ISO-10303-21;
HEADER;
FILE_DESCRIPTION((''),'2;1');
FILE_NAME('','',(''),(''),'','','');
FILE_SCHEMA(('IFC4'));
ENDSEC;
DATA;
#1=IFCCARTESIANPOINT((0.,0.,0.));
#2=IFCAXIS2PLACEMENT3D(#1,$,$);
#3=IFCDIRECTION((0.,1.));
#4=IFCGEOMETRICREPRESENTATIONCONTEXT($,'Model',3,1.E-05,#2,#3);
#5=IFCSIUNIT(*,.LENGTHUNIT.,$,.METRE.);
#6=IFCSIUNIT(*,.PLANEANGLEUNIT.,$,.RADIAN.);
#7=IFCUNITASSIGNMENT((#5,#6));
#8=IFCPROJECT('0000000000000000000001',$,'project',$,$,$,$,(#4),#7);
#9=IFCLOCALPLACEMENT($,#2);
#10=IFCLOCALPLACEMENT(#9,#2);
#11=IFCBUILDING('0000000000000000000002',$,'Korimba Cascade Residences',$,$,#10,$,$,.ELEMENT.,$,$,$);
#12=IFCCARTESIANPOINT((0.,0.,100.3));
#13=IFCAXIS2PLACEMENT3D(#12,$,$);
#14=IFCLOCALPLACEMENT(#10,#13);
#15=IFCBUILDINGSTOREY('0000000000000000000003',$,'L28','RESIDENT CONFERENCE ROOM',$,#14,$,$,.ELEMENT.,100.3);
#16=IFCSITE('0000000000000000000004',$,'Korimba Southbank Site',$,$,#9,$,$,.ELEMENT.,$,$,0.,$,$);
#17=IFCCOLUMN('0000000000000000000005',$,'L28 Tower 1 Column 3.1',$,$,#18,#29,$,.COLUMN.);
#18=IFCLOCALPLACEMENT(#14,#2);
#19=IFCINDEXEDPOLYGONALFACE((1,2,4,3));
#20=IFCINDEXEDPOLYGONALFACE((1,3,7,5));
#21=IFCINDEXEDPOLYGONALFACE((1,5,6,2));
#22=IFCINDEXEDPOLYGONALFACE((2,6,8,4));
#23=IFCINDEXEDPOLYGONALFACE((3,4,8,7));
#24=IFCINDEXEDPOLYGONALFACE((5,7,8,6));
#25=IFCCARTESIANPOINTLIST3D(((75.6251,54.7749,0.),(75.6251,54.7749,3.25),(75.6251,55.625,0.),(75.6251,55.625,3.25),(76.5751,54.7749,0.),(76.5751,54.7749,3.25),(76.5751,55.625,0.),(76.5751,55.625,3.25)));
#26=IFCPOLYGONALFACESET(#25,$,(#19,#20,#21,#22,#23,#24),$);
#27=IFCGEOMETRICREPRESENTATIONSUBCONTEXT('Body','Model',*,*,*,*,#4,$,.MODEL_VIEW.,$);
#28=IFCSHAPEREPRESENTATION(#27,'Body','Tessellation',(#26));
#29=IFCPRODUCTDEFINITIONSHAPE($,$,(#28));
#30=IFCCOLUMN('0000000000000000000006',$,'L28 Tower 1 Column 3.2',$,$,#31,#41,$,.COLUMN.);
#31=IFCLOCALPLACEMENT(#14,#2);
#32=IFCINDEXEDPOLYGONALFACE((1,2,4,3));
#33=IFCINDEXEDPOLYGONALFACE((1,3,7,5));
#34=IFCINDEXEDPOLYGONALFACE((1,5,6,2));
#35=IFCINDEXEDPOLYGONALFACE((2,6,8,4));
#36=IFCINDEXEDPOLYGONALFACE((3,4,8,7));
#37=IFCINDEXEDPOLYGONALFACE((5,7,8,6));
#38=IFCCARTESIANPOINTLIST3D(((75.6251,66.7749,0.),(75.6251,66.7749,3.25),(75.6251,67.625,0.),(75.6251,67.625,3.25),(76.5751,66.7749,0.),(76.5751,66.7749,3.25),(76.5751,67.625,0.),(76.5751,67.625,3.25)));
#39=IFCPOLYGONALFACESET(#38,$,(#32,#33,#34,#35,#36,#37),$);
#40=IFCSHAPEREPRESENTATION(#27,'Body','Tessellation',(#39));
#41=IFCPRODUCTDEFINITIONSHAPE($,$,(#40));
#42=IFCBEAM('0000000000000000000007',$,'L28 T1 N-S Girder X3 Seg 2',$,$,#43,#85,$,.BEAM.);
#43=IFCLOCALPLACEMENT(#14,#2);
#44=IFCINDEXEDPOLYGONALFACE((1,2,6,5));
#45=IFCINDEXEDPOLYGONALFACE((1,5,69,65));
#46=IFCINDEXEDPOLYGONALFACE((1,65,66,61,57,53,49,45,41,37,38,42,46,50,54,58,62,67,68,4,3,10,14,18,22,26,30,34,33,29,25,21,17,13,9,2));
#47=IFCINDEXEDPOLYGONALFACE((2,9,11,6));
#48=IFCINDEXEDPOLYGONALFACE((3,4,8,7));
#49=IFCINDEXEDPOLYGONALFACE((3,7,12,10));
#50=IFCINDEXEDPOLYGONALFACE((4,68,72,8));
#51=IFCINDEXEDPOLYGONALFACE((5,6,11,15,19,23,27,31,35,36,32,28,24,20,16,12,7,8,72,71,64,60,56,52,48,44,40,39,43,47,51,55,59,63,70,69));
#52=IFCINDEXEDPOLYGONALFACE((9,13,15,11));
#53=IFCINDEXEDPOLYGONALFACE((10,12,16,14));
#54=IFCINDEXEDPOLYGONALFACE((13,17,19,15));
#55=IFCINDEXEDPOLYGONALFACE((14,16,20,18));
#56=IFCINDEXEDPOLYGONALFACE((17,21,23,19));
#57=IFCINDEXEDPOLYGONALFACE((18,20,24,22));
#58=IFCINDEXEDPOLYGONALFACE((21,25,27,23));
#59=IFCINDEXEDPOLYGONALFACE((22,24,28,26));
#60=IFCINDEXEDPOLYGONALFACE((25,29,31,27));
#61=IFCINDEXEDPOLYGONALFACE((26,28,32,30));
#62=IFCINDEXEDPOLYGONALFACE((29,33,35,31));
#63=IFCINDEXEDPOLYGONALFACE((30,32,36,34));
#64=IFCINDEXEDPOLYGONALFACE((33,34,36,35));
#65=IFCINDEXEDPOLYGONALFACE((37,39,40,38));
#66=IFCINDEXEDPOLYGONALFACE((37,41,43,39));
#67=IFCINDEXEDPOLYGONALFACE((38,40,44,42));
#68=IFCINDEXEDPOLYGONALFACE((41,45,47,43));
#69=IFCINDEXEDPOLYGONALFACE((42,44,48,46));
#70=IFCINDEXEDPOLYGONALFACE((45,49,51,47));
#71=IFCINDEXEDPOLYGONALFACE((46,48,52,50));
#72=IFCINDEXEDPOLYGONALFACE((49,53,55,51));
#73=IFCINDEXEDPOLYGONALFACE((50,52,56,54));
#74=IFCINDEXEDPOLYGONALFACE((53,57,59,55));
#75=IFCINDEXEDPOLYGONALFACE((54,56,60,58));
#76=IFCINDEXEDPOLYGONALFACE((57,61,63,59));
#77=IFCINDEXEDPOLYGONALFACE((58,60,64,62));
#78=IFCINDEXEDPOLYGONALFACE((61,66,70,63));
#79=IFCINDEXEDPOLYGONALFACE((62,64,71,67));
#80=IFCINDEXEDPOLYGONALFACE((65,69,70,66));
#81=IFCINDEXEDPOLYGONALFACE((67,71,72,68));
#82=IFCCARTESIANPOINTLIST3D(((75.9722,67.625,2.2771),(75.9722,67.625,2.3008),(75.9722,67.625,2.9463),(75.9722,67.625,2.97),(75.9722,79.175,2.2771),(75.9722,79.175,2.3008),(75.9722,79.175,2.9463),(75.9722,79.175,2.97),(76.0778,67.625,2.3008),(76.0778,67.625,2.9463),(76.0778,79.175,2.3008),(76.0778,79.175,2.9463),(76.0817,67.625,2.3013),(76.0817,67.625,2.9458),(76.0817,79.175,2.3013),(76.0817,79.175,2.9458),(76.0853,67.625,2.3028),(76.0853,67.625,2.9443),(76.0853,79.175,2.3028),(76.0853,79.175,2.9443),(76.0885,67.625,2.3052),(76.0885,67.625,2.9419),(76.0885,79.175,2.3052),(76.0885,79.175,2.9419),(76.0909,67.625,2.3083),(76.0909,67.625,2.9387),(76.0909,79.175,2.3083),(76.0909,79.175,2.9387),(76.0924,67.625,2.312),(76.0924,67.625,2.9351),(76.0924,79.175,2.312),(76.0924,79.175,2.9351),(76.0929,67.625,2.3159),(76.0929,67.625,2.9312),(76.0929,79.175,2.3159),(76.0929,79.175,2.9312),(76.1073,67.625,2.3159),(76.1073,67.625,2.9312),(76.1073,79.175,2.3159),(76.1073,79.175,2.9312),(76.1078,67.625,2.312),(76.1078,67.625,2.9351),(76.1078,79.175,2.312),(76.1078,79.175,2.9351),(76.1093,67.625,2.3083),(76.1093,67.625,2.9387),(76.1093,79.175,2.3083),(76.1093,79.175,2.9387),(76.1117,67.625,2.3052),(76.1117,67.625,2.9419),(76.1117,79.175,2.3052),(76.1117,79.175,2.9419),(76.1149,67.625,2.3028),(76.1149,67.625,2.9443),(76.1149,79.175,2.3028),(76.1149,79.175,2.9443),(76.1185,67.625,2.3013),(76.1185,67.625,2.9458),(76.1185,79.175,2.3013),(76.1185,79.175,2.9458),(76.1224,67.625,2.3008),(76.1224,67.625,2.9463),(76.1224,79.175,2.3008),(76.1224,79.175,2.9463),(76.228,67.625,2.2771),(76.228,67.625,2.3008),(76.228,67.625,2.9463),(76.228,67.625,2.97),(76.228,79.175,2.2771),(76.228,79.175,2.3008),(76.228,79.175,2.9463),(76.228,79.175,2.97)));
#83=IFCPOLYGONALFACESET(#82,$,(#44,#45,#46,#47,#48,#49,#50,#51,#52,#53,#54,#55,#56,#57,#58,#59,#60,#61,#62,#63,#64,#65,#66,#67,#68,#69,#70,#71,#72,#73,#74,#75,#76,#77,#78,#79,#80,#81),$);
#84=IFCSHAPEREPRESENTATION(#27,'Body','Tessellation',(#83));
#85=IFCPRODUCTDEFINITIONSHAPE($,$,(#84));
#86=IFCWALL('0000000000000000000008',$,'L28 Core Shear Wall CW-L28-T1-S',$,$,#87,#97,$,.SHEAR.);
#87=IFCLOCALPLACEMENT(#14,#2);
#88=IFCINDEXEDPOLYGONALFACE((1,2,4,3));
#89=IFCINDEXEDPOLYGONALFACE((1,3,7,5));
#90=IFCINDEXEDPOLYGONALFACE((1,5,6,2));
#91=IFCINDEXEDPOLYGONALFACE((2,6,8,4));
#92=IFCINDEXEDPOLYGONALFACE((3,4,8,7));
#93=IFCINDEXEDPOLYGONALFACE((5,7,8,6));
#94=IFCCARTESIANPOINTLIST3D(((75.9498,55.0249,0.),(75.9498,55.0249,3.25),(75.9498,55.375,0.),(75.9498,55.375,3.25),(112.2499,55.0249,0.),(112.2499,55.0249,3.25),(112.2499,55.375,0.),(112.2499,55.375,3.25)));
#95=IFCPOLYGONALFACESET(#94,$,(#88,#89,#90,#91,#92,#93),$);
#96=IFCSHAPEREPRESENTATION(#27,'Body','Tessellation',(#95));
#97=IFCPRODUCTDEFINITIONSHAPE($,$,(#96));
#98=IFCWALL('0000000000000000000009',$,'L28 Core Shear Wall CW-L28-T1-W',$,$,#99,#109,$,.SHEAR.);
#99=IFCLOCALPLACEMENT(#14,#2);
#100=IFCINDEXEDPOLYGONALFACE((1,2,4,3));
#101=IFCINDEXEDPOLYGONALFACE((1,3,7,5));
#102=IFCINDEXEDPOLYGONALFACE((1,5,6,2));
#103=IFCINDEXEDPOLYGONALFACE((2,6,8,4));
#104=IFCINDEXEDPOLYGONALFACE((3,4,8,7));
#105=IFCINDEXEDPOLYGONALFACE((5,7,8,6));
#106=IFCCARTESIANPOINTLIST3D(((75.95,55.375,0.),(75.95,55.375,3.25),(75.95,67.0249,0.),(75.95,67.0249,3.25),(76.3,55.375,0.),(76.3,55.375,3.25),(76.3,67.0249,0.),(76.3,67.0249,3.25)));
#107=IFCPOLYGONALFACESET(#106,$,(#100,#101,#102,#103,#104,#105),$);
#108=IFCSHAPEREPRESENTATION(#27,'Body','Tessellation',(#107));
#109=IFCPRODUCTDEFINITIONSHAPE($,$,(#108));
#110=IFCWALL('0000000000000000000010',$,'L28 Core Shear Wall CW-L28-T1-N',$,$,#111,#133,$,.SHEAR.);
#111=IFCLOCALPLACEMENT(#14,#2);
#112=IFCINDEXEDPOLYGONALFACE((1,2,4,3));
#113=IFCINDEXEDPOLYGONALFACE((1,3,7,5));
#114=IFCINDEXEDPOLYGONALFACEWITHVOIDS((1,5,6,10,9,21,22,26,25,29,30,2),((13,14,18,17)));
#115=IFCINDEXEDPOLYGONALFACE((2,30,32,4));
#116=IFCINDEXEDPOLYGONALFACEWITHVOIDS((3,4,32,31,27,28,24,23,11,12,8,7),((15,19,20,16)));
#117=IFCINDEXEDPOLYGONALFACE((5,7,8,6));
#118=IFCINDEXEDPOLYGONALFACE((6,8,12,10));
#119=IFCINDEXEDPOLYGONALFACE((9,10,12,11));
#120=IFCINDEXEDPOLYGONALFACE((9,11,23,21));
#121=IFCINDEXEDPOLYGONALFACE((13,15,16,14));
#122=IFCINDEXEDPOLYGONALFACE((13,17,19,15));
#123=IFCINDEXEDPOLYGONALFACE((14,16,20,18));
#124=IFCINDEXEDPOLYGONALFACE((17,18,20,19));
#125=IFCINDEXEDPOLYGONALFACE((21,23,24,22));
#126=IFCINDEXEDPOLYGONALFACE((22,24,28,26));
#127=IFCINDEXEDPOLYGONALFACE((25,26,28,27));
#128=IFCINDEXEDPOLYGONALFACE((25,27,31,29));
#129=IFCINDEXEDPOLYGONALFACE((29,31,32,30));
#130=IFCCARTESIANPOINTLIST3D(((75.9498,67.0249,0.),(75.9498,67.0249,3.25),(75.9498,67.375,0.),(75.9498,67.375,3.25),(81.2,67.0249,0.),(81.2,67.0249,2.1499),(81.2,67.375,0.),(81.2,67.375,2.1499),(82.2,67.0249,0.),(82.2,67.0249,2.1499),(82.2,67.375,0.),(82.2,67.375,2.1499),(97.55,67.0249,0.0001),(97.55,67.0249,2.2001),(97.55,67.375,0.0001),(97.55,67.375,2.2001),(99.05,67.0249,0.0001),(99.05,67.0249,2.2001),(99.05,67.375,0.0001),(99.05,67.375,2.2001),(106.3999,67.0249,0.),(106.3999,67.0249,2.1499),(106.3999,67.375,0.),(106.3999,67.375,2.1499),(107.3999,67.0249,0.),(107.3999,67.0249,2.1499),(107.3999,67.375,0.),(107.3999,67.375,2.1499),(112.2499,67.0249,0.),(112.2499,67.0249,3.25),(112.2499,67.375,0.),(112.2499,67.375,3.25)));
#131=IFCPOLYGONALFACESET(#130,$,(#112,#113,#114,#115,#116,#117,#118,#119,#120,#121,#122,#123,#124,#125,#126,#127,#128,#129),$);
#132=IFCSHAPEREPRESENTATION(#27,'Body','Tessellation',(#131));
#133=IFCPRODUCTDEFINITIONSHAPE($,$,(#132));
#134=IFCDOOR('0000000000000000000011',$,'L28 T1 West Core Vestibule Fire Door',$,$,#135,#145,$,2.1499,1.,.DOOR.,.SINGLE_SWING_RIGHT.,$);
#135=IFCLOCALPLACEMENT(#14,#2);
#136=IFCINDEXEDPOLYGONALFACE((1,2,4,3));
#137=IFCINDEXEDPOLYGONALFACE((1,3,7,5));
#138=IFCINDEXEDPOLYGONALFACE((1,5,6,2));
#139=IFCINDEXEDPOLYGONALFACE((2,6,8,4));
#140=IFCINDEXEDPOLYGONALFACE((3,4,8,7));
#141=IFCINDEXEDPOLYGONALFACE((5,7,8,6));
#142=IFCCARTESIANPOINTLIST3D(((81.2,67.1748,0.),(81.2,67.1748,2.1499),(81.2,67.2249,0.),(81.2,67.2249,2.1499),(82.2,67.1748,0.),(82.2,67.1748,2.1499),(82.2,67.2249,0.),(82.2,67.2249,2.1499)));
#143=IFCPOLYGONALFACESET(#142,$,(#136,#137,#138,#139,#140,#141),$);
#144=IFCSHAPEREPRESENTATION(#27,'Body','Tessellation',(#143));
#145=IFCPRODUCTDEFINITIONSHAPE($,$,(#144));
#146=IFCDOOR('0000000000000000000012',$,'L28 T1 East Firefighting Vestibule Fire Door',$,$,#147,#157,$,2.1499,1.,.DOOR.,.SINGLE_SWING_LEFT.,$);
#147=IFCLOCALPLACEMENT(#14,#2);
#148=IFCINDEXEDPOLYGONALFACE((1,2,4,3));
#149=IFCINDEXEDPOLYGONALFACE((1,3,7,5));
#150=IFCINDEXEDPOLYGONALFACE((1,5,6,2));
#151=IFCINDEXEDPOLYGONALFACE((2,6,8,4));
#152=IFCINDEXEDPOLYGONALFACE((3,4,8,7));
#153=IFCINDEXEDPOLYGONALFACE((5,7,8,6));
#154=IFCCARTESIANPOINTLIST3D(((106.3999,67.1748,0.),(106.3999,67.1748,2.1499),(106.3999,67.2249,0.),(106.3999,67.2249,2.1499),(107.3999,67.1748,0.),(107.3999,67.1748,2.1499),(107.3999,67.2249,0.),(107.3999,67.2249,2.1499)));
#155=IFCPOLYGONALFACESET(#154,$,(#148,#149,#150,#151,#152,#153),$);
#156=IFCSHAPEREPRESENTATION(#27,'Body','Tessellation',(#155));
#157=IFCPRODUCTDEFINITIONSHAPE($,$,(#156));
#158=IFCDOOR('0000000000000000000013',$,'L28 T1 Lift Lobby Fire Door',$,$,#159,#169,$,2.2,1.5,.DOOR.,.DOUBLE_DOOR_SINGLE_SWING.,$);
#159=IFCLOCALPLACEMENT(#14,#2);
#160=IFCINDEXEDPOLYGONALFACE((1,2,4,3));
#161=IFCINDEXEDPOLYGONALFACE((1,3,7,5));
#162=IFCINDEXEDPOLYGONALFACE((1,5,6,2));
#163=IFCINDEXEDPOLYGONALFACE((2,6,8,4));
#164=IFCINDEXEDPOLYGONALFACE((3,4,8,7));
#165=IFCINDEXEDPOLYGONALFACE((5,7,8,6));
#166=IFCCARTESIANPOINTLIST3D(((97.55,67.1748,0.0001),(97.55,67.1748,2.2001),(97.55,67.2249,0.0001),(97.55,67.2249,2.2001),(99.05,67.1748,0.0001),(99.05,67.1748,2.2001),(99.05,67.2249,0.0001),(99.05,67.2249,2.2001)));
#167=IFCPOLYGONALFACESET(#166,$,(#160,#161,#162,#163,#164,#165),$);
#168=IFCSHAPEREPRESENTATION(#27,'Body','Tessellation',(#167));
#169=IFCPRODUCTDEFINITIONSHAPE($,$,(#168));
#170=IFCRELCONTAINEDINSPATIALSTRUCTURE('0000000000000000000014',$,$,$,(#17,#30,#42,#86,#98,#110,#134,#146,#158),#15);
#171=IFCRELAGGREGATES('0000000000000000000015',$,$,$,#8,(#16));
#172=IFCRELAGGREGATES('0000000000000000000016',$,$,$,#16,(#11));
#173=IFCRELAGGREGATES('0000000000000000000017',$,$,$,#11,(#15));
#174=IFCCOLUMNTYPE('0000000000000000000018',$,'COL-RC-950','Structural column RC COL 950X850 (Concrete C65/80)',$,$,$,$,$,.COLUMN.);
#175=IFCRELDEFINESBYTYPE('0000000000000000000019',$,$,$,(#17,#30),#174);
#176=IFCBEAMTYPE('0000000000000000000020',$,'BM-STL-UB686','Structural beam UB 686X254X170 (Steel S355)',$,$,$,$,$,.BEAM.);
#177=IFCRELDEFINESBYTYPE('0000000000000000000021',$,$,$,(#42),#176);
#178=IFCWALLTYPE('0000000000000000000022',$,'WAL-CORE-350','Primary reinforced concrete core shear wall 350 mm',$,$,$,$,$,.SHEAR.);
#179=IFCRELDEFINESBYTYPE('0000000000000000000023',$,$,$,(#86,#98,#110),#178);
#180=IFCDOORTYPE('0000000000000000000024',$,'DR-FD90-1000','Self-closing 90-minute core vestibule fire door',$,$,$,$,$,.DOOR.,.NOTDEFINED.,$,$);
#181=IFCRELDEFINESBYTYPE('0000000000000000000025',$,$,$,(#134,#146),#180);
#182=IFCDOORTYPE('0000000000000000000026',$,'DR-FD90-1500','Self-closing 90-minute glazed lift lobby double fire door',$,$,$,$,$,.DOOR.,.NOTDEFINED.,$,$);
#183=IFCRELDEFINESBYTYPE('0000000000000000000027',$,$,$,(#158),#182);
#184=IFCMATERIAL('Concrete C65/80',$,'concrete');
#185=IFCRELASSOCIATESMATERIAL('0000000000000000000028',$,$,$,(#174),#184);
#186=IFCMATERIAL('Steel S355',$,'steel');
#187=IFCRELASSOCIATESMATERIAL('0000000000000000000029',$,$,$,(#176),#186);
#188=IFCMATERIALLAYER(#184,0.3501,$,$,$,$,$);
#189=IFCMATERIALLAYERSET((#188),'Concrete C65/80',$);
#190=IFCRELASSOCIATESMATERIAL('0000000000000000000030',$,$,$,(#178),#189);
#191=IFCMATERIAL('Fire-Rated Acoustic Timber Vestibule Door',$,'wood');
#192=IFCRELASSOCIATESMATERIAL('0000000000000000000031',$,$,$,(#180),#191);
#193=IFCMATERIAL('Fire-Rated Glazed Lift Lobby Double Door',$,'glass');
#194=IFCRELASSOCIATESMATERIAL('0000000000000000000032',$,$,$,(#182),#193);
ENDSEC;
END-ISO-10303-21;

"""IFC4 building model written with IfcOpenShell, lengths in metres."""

from ifc_helpers import new_model, si_unit, direction, frame, frame_2d, origin, origin_2d, place, context, subcontext, project, spatial, rectangle, i_section, extrude, material, layer, layer_set, material_profile, profile_set, type_object, element, fill, save


model = new_model("IFC4")

# Units and contexts
model_context = context("Model", 3, precision=1e-05, world=origin(), true_north=direction((0.0, 1.0)))
body_context = subcontext(model_context, "Body", "Model", "MODEL_VIEW")
ifc_project = project(units=[si_unit("LENGTHUNIT", "METRE"), si_unit("PLANEANGLEUNIT", "RADIAN")], contexts=[model_context])

# Site, building, storey
site_placement = place(None, origin())
site = spatial("IfcSite", under=ifc_project, at=site_placement, Name="Korimba Southbank Site", CompositionType="ELEMENT", RefElevation=0.0)
building_placement = place(site_placement, origin())
building = spatial("IfcBuilding", under=site, at=building_placement, Name="Korimba Cascade Residences", CompositionType="ELEMENT")
storey_placement = place(building_placement, frame((0.0, 0.0, 100.3)))
storey = spatial("IfcBuildingStorey", under=building, at=storey_placement, Name="L28", Description="RESIDENT CONFERENCE ROOM", CompositionType="ELEMENT", Elevation=100.3)

# Columns
ifc_material_1 = material(Name="Concrete C65/80", Category="concrete")
ifc_material_profile_1 = material_profile(ifc_material_1, rectangle(XDim=0.95, YDim=0.8501, at=origin_2d()), Name="Concrete C65/80")
ifc_profile_set_1 = profile_set([ifc_material_profile_1], Name="Concrete C65/80")
column_type = type_object("IfcColumnType", Name="COL-RC-950", Description="Structural column RC COL 950X850 (Concrete C65/80)", PredefinedType="COLUMN", material=ifc_profile_set_1)
for number, where, z_axis, x_axis, name in (
    (1, (76.1001, 55.2, 0.0), (0.0, 0.0, 1.0), (1.0, 0.0, 0.0), "L28 Tower 1 Column 3.1"),
    (2, (76.1001, 67.2, 0.0), (0.0, 0.0, 1.0), (1.0, 0.0, 0.0), "L28 Tower 1 Column 3.2"),
):
    element("IfcColumn", number, at=place(storey_placement, frame(where, z_axis=z_axis, x_axis=x_axis)), inside=storey, type_object=column_type, Name=name, PredefinedType="COLUMN", context=body_context, shape_type="SweptSolid", body=[
        extrude(rectangle(XDim=0.95, YDim=0.8501, at=origin_2d()), origin(), (0.0, 0.0, 1.0), 3.25),
    ])

# Beam
ifc_material_2 = material(Name="Steel S355", Category="steel")
ifc_material_profile_2 = material_profile(ifc_material_2, i_section(OverallWidth=0.2559, OverallDepth=0.6929, WebThickness=0.0144, FlangeThickness=0.0237, FilletRadius=0.0151, at=origin_2d()), Name="Steel S355")
ifc_profile_set_2 = profile_set([ifc_material_profile_2], Name="Steel S355")
beam_type = type_object("IfcBeamType", Name="BM-STL-UB686", Description="Structural beam UB 686X254X170 (Steel S355)", PredefinedType="BEAM", material=ifc_profile_set_2)
beam_placement = place(storey_placement, frame((76.1001, 67.625, 2.6235), z_axis=(0.0, 1.0, 0.0), x_axis=(-1.0, 0.0, 0.0)))
element("IfcBeam", 3, at=beam_placement, inside=storey, type_object=beam_type, Name="L28 T1 N-S Girder X3 Seg 2", PredefinedType="BEAM", context=body_context, shape_type="SweptSolid", body=[
    extrude(i_section(OverallWidth=0.2559, OverallDepth=0.6929, WebThickness=0.0144, FlangeThickness=0.0237, FilletRadius=0.0151, at=origin_2d()), origin(), (0.0, 0.0, 1.0), 11.55),
])

# Walls
ifc_layer_1 = layer(ifc_material_1, 0.3501)
ifc_layer_set_1 = layer_set([ifc_layer_1], Name="Concrete C65/80")
wall_type_1 = type_object("IfcWallType", Name="WAL-CORE-350", Description="Primary reinforced concrete core shear wall 350 mm", PredefinedType="SHEAR", material=ifc_layer_set_1)
wall_1_placement = place(storey_placement, frame((75.95, 55.2, 0.0), z_axis=(0.0, 0.0, 1.0), x_axis=(1.0, 0.0, 0.0)))
element("IfcWall", 4, at=wall_1_placement, inside=storey, type_object=wall_type_1, Name="L28 Core Shear Wall CW-L28-T1-S", PredefinedType="SHEAR", context=body_context, shape_type="SweptSolid", body=[
    extrude(rectangle(XDim=36.3, YDim=0.3501, at=frame_2d((18.1499, 0.0))), origin(), (0.0, 0.0, 1.0), 3.25),
])
wall_2_placement = place(storey_placement, frame((76.125, 55.375, 0.0), z_axis=(0.0, 0.0, 1.0), x_axis=(0.0, 1.0, 0.0)))
element("IfcWall", 5, at=wall_2_placement, inside=storey, type_object=wall_type_1, Name="L28 Core Shear Wall CW-L28-T1-W", PredefinedType="SHEAR", context=body_context, shape_type="SweptSolid", body=[
    extrude(rectangle(XDim=11.6499, YDim=0.3501, at=frame_2d((5.825, 0.0))), origin(), (0.0, 0.0, 1.0), 3.25),
])

# Wall, openings, doors
wall_3_placement = place(storey_placement, frame((75.95, 67.2, 0.0), z_axis=(0.0, 0.0, 1.0), x_axis=(1.0, 0.0, 0.0)))
wall_3 = element("IfcWall", 6, at=wall_3_placement, inside=storey, type_object=wall_type_1, Name="L28 Core Shear Wall CW-L28-T1-N", PredefinedType="SHEAR", context=body_context, shape_type="SweptSolid", body=[
    extrude(rectangle(XDim=36.3, YDim=0.3501, at=frame_2d((18.1499, 0.0))), origin(), (0.0, 0.0, 1.0), 3.25),
])
opening_1_placement = place(wall_3_placement, frame((5.25, 0.0, 0.0)))
opening_1 = element("IfcOpeningElement", 7, at=opening_1_placement, cuts=wall_3, PredefinedType="OPENING", context=body_context, shape_type="SweptSolid", body=[
    extrude(rectangle(XDim=1.0, YDim=2.1499, at=frame_2d((0.5, 1.075))), frame((0.0, 0.1851, 0.0), z_axis=(0.0, -1.0, 0.0), x_axis=(1.0, 0.0, 0.0)), (0.0, 0.0, 1.0), 0.3701),
])
opening_2_placement = place(wall_3_placement, frame((21.6001, 0.0, 0.0)))
opening_2 = element("IfcOpeningElement", 8, at=opening_2_placement, cuts=wall_3, PredefinedType="OPENING", context=body_context, shape_type="SweptSolid", body=[
    extrude(rectangle(XDim=1.5, YDim=2.2, at=frame_2d((0.75, 1.1001))), frame((0.0, 0.1851, 0.0), z_axis=(0.0, -1.0, 0.0), x_axis=(1.0, 0.0, 0.0)), (0.0, 0.0, 1.0), 0.3701),
])
opening_3_placement = place(wall_3_placement, frame((30.45, 0.0, 0.0)))
opening_3 = element("IfcOpeningElement", 9, at=opening_3_placement, cuts=wall_3, PredefinedType="OPENING", context=body_context, shape_type="SweptSolid", body=[
    extrude(rectangle(XDim=1.0, YDim=2.1499, at=frame_2d((0.5, 1.075))), frame((0.0, 0.1851, 0.0), z_axis=(0.0, -1.0, 0.0), x_axis=(1.0, 0.0, 0.0)), (0.0, 0.0, 1.0), 0.3701),
])
ifc_material_3 = material(Name="Fire-Rated Acoustic Timber Vestibule Door", Category="wood")
door_type_1 = type_object("IfcDoorType", Name="DR-FD90-1000", Description="Self-closing 90-minute core vestibule fire door", OperationType="NOTDEFINED", PredefinedType="DOOR", material=ifc_material_3)
door_1_placement = place(opening_1_placement, origin())
door_1 = element("IfcDoor", 10, at=door_1_placement, inside=storey, type_object=door_type_1, Name="L28 T1 West Core Vestibule Fire Door", OperationType="SINGLE_SWING_RIGHT", OverallHeight=2.1499, OverallWidth=1.0, PredefinedType="DOOR", context=body_context, shape_type="SweptSolid", body=[
    extrude(rectangle(XDim=1.0, YDim=2.1499, at=frame_2d((0.5, 1.075))), frame((0.0, 0.0249, 0.0), z_axis=(0.0, -1.0, 0.0), x_axis=(1.0, 0.0, 0.0)), (0.0, 0.0, 1.0), 0.05),
])
fill(opening_1, door_1)
door_2_placement = place(opening_3_placement, origin())
door_2 = element("IfcDoor", 11, at=door_2_placement, inside=storey, type_object=door_type_1, Name="L28 T1 East Firefighting Vestibule Fire Door", OperationType="SINGLE_SWING_LEFT", OverallHeight=2.1499, OverallWidth=1.0, PredefinedType="DOOR", context=body_context, shape_type="SweptSolid", body=[
    extrude(rectangle(XDim=1.0, YDim=2.1499, at=frame_2d((0.5, 1.075))), frame((0.0, 0.0249, 0.0), z_axis=(0.0, -1.0, 0.0), x_axis=(1.0, 0.0, 0.0)), (0.0, 0.0, 1.0), 0.05),
])
fill(opening_3, door_2)
ifc_material_4 = material(Name="Fire-Rated Glazed Lift Lobby Double Door", Category="glass")
door_type_2 = type_object("IfcDoorType", Name="DR-FD90-1500", Description="Self-closing 90-minute glazed lift lobby double fire door", OperationType="NOTDEFINED", PredefinedType="DOOR", material=ifc_material_4)
door_3_placement = place(opening_2_placement, origin())
door_3 = element("IfcDoor", 12, at=door_3_placement, inside=storey, type_object=door_type_2, Name="L28 T1 Lift Lobby Fire Door", OperationType="DOUBLE_DOOR_SINGLE_SWING", OverallHeight=2.2, OverallWidth=1.5, PredefinedType="DOOR", context=body_context, shape_type="SweptSolid", body=[
    extrude(rectangle(XDim=1.5, YDim=2.2, at=frame_2d((0.75, 1.1001))), frame((0.0, 0.0249, 0.0), z_axis=(0.0, -1.0, 0.0), x_axis=(1.0, 0.0, 0.0)), (0.0, 0.0, 1.0), 0.05),
])
fill(opening_2, door_3)

save(model, "model.ifc")
